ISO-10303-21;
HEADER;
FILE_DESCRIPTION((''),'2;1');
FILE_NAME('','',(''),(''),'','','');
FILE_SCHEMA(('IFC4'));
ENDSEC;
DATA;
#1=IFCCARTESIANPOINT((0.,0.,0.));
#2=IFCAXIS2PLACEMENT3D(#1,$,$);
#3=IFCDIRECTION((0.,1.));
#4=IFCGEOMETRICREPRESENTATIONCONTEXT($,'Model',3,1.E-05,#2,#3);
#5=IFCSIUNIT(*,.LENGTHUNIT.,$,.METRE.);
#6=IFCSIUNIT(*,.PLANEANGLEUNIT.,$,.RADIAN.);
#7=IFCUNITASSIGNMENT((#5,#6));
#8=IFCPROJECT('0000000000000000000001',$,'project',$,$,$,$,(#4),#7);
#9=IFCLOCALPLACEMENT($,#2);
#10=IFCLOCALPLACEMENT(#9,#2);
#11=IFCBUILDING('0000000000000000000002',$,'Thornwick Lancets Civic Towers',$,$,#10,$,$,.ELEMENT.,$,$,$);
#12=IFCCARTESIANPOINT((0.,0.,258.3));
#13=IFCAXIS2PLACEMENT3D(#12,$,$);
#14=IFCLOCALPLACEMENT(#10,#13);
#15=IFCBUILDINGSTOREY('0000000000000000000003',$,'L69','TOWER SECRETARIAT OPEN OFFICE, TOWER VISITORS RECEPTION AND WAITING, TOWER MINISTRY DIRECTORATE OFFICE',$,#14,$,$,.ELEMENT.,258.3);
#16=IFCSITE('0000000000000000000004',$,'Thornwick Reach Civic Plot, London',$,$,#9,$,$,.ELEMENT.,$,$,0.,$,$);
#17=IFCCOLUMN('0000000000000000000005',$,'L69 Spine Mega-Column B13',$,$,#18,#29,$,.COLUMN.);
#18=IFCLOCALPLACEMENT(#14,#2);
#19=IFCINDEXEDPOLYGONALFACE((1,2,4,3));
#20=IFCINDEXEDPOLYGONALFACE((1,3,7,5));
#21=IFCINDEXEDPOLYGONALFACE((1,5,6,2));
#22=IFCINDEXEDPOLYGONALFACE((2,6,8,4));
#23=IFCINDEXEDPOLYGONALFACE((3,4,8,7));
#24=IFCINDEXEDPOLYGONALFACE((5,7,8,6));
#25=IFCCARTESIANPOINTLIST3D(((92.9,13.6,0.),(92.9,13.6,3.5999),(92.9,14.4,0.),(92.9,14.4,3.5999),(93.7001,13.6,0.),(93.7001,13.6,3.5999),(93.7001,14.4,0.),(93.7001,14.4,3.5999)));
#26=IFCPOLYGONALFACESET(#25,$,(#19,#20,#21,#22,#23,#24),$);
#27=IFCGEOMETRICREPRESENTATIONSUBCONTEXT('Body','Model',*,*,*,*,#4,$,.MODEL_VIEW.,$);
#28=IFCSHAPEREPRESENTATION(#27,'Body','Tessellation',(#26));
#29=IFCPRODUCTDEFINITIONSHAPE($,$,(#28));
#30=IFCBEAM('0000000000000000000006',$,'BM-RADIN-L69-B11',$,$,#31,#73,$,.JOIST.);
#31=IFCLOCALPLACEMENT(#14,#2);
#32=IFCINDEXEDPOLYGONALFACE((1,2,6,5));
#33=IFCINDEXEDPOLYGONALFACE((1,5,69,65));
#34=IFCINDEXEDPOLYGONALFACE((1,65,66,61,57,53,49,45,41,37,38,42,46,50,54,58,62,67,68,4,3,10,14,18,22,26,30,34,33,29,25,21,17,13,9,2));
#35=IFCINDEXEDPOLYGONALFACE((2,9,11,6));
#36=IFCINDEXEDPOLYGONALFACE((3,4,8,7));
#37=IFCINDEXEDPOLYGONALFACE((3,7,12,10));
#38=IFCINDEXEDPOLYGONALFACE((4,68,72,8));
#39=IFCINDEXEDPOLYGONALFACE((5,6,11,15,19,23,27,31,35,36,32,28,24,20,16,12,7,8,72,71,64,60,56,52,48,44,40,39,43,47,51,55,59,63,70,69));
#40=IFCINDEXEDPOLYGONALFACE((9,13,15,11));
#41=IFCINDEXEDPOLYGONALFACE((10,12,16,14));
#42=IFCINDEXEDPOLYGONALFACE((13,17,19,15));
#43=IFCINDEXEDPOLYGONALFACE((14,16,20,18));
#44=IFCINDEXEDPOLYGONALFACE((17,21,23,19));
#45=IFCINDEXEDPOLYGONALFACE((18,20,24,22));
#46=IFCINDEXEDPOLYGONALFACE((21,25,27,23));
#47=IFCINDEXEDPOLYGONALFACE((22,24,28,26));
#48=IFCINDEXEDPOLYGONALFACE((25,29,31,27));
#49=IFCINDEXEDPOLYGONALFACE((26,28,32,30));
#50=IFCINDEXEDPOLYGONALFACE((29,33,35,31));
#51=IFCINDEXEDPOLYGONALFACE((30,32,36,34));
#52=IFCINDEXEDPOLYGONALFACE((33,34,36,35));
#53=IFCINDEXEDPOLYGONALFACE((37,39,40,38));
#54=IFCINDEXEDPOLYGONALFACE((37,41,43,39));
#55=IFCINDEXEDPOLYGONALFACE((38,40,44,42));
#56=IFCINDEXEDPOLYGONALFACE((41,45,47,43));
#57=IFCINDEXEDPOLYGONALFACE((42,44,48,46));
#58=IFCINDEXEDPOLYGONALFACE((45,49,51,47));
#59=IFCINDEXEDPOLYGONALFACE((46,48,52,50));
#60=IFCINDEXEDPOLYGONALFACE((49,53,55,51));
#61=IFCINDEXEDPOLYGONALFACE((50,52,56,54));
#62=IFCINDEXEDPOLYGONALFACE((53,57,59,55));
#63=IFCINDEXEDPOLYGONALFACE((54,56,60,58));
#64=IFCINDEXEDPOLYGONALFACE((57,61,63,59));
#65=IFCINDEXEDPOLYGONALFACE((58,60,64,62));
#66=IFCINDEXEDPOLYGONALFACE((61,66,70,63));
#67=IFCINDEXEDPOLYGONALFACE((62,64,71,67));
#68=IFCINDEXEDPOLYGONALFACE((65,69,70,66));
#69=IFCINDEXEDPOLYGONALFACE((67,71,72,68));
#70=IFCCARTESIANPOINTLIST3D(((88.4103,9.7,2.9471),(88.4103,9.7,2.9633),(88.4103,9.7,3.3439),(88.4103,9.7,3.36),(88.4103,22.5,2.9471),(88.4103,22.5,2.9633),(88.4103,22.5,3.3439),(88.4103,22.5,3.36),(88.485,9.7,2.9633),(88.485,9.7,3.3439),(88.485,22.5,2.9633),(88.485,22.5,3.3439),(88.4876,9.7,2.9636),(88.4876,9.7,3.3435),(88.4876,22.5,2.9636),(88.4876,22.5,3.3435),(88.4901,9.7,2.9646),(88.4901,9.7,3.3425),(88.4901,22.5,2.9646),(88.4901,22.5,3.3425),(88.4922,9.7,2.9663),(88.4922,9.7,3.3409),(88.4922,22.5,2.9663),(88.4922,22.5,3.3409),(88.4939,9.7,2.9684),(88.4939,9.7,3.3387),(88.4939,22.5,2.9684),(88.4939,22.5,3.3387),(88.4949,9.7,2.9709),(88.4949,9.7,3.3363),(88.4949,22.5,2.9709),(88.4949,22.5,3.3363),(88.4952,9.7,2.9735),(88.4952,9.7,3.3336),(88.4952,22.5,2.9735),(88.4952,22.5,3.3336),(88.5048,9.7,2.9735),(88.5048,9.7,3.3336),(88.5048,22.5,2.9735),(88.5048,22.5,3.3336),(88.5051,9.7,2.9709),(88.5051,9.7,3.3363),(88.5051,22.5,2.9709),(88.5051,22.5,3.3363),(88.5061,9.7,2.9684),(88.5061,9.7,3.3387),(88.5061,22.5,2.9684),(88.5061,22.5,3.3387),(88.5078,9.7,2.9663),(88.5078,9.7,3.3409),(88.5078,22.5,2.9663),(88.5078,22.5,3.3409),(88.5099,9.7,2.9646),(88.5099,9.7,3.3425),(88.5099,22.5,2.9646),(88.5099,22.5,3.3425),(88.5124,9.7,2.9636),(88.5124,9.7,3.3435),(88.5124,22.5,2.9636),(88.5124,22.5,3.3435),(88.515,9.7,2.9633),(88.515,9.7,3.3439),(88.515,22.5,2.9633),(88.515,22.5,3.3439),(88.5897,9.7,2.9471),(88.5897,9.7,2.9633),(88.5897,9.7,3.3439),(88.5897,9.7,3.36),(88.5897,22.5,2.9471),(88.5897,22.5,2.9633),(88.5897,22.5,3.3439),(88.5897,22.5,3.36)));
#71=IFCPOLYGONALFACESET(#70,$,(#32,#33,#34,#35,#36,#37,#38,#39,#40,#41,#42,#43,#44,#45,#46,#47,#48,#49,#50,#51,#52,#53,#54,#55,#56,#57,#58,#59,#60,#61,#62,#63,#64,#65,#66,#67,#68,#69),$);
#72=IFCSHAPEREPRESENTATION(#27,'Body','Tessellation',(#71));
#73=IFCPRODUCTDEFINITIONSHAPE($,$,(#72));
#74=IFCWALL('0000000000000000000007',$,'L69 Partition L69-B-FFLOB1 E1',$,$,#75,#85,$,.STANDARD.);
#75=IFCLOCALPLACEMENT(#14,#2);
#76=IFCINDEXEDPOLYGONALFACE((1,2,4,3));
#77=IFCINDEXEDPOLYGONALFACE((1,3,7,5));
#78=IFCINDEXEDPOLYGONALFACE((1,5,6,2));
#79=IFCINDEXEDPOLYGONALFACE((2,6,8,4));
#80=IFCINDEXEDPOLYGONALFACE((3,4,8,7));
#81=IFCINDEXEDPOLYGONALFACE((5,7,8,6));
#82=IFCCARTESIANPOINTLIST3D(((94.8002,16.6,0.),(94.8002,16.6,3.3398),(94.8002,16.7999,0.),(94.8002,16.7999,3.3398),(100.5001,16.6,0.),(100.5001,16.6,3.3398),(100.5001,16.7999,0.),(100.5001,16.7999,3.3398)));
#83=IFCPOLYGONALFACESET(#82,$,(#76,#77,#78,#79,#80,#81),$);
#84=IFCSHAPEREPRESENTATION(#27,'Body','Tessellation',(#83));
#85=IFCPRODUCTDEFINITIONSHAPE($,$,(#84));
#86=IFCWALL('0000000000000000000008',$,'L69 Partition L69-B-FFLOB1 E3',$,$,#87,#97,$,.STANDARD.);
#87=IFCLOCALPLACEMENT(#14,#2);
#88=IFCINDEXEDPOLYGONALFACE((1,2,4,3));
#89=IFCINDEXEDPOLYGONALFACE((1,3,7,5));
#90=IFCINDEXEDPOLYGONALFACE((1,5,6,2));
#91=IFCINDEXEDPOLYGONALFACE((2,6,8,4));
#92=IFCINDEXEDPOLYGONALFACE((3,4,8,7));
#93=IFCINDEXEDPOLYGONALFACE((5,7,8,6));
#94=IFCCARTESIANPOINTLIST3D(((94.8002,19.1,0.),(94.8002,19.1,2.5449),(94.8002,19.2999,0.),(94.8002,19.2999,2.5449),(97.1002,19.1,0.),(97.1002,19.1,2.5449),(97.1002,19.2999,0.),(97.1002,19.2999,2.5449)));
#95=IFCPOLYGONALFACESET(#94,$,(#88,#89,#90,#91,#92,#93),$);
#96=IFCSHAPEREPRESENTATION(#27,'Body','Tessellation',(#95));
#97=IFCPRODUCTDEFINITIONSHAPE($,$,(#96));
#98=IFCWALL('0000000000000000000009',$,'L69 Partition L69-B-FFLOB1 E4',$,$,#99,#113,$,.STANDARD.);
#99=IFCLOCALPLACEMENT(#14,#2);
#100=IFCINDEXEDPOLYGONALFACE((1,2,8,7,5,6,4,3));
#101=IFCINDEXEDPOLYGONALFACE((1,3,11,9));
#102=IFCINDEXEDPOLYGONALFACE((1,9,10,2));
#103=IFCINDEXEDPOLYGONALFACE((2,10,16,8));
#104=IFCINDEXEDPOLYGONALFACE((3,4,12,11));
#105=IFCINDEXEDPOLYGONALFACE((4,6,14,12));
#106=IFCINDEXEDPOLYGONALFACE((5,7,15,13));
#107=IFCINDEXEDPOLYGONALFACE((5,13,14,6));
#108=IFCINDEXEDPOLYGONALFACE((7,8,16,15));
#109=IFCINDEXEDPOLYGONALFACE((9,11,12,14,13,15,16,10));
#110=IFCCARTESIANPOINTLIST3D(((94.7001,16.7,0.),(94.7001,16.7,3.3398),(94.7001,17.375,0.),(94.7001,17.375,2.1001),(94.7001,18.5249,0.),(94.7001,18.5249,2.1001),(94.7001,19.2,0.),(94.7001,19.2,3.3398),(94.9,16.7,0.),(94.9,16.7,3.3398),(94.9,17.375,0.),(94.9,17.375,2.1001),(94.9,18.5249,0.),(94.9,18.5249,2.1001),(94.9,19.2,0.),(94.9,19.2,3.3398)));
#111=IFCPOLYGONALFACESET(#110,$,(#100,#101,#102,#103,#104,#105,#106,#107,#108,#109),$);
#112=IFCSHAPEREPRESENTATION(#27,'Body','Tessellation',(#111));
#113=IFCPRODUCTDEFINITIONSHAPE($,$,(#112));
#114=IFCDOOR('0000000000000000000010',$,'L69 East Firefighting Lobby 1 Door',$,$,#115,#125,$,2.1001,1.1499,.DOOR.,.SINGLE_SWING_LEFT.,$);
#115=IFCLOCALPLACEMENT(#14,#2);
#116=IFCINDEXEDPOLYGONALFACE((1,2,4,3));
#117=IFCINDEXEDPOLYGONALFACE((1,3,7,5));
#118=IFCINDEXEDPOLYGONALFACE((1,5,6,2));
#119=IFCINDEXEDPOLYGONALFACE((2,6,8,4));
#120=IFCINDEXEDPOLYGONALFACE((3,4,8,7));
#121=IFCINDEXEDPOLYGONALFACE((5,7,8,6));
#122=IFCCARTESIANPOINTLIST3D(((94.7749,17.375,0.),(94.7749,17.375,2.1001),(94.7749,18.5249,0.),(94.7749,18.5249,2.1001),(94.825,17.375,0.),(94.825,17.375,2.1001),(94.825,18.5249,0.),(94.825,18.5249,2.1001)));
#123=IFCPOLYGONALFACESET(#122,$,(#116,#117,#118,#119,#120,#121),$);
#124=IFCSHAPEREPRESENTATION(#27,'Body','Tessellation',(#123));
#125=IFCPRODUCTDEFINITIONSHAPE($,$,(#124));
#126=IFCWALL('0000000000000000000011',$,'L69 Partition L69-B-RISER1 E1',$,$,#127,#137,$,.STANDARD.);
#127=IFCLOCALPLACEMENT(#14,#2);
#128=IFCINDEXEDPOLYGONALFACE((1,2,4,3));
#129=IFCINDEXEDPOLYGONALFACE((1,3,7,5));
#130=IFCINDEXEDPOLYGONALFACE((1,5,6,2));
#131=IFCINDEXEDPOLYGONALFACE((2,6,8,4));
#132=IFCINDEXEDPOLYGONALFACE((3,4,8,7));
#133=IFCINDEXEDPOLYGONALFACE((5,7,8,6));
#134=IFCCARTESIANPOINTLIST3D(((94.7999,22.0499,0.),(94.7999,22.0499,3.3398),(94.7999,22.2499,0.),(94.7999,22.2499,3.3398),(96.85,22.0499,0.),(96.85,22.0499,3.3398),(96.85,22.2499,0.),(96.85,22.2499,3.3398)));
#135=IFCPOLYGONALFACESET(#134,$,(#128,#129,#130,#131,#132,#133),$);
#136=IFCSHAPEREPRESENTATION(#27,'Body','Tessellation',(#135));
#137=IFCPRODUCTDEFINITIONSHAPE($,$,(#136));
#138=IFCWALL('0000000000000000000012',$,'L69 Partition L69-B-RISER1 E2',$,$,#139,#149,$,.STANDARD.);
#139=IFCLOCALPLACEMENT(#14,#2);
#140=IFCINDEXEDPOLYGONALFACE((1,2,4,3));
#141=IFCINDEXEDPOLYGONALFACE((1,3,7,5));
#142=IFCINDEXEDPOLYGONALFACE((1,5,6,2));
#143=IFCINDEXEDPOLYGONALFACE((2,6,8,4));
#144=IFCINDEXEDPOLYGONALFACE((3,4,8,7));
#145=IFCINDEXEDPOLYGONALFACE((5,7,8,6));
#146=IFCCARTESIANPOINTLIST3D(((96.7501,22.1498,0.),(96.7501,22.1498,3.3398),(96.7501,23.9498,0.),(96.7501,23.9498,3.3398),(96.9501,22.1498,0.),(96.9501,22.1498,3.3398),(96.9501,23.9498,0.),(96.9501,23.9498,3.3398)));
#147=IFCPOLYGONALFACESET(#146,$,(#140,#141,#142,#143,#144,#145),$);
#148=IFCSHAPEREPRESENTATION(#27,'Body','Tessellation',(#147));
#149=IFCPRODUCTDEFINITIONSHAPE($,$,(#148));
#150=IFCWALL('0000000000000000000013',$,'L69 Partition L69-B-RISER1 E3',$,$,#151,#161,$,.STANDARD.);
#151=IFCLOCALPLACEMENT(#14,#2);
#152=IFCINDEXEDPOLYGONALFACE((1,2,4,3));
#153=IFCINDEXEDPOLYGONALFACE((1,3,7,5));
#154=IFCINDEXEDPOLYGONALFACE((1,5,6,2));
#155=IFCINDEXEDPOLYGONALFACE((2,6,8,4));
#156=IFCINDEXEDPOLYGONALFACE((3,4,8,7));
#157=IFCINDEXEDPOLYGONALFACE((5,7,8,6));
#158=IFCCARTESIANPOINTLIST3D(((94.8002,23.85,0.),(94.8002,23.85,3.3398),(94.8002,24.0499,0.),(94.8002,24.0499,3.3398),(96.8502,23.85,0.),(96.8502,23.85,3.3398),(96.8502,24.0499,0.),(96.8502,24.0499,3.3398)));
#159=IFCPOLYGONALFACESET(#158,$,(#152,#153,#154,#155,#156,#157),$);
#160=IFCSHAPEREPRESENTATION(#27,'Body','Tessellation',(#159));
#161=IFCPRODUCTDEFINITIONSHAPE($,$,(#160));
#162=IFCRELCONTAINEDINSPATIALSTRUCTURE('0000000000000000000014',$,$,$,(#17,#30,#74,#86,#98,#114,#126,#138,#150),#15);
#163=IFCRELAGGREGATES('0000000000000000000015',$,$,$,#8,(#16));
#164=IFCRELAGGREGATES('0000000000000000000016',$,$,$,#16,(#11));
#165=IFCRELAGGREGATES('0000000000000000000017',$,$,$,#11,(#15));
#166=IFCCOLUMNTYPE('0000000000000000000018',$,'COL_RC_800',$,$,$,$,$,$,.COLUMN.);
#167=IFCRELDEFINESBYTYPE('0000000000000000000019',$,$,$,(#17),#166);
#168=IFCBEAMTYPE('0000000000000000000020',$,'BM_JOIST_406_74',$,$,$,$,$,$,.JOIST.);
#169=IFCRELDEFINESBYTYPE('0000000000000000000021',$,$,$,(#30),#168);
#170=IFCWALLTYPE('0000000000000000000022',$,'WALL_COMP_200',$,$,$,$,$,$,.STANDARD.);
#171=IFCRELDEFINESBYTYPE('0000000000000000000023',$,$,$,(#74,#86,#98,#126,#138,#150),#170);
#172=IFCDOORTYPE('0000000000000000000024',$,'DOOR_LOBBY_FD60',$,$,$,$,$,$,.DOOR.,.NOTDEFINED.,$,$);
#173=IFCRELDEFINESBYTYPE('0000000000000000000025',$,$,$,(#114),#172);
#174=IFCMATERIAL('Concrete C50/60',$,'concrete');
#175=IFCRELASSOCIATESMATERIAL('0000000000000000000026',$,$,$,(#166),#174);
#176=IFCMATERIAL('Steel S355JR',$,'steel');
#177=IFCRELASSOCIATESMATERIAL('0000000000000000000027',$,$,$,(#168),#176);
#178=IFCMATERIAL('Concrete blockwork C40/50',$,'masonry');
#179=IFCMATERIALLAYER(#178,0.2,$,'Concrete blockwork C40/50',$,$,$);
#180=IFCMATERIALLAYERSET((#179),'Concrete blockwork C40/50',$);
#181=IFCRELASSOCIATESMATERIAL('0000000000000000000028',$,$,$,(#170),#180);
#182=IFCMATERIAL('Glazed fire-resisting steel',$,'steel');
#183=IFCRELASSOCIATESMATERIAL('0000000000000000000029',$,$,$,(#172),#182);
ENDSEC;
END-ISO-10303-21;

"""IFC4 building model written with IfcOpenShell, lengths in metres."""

from ifc_helpers import new_model, si_unit, direction, frame, frame_2d, origin, origin_2d, place, context, subcontext, project, spatial, rectangle, i_section, extrude, material, layer, layer_set, material_profile, profile_set, type_object, element, fill, save


model = new_model("IFC4")

# Units and contexts
model_context = context("Model", 3, precision=1e-05, world=origin(), true_north=direction((0.0, 1.0)))
body_context = subcontext(model_context, "Body", "Model", "MODEL_VIEW")
ifc_project = project(units=[si_unit("LENGTHUNIT", "METRE"), si_unit("PLANEANGLEUNIT", "RADIAN")], contexts=[model_context])

# Site, building, storey
site_placement = place(None, origin())
site = spatial("IfcSite", under=ifc_project, at=site_placement, Name="Thornwick Reach Civic Plot, London", CompositionType="ELEMENT", RefElevation=0.0)
building_placement = place(site_placement, origin())
building = spatial("IfcBuilding", under=site, at=building_placement, Name="Thornwick Lancets Civic Towers", CompositionType="ELEMENT")
storey_placement = place(building_placement, frame((0.0, 0.0, 258.3)))
storey = spatial("IfcBuildingStorey", under=building, at=storey_placement, Name="L69", Description="TOWER SECRETARIAT OPEN OFFICE, TOWER VISITORS RECEPTION AND WAITING, TOWER MINISTRY DIRECTORATE OFFICE", CompositionType="ELEMENT", Elevation=258.3)

# Column
ifc_material_1 = material(Name="Concrete C50/60", Category="concrete")
ifc_material_profile_1 = material_profile(ifc_material_1, rectangle(XDim=0.8, YDim=0.8, at=origin_2d()), Name="RC 800x800")
ifc_profile_set_1 = profile_set([ifc_material_profile_1], Name="Concrete C50/60")
column_type = type_object("IfcColumnType", Name="COL_RC_800", PredefinedType="COLUMN", material=ifc_profile_set_1)
column_placement = place(storey_placement, frame((93.3, 14.0, 0.0), z_axis=(0.0, 0.0, 1.0), x_axis=(1.0, 0.0, 0.0)))
element("IfcColumn", 1, at=column_placement, inside=storey, type_object=column_type, Name="L69 Spine Mega-Column B13", PredefinedType="COLUMN", context=body_context, shape_type="SweptSolid", body=[
    extrude(rectangle(XDim=0.8, YDim=0.8, at=origin_2d()), origin(), (0.0, 0.0, 1.0), 3.5999),
])

# Beam
ifc_material_2 = material(Name="Steel S355JR", Category="steel")
ifc_material_profile_2 = material_profile(ifc_material_2, i_section(OverallWidth=0.1794, OverallDepth=0.4128, WebThickness=0.0095, FlangeThickness=0.0161, FilletRadius=0.0103, at=origin_2d()), Name="UKB 406x178x74")
ifc_profile_set_2 = profile_set([ifc_material_profile_2], Name="Steel S355JR")
beam_type = type_object("IfcBeamType", Name="BM_JOIST_406_74", PredefinedType="JOIST", material=ifc_profile_set_2)
beam_placement = place(storey_placement, frame((88.5, 22.5, 3.1536), z_axis=(0.0, -1.0, 0.0), x_axis=(1.0, 0.0, 0.0)))
element("IfcBeam", 2, at=beam_placement, inside=storey, type_object=beam_type, Name="BM-RADIN-L69-B11", PredefinedType="JOIST", context=body_context, shape_type="SweptSolid", body=[
    extrude(i_section(OverallWidth=0.1794, OverallDepth=0.4128, WebThickness=0.0095, FlangeThickness=0.0161, FilletRadius=0.0103, at=origin_2d()), origin(), (0.0, 0.0, 1.0), 12.8),
])

# Walls
ifc_material_3 = material(Name="Concrete blockwork C40/50", Category="masonry")
ifc_layer_1 = layer(ifc_material_3, 0.2, Name="Concrete blockwork C40/50")
ifc_layer_set_1 = layer_set([ifc_layer_1], Name="Concrete blockwork C40/50")
wall_type_1 = type_object("IfcWallType", Name="WALL_COMP_200", PredefinedType="STANDARD", material=ifc_layer_set_1)
wall_1_placement = place(storey_placement, frame((94.8, 16.7, 0.0), z_axis=(0.0, 0.0, 1.0), x_axis=(1.0, 0.0, 0.0)))
element("IfcWall", 3, at=wall_1_placement, inside=storey, type_object=wall_type_1, Name="L69 Partition L69-B-FFLOB1 E1", PredefinedType="STANDARD", context=body_context, shape_type="SweptSolid", body=[
    extrude(rectangle(XDim=5.7, YDim=0.2, at=frame_2d((2.8501, 0.0))), origin(), (0.0, 0.0, 1.0), 3.3398),
])
wall_2_placement = place(storey_placement, frame((97.1001, 19.2, 0.0), z_axis=(0.0, 0.0, 1.0), x_axis=(-1.0, 0.0, 0.0)))
element("IfcWall", 4, at=wall_2_placement, inside=storey, type_object=wall_type_1, Name="L69 Partition L69-B-FFLOB1 E3", PredefinedType="STANDARD", context=body_context, shape_type="SweptSolid", body=[
    extrude(rectangle(XDim=2.3, YDim=0.2, at=frame_2d((1.1499, 0.0))), origin(), (0.0, 0.0, 1.0), 2.5449),
])

# Wall, opening, door
wall_3_placement = place(storey_placement, frame((94.8, 19.2, 0.0), z_axis=(0.0, 0.0, 1.0), x_axis=(0.0, -1.0, 0.0)))
wall_3 = element("IfcWall", 5, at=wall_3_placement, inside=storey, type_object=wall_type_1, Name="L69 Partition L69-B-FFLOB1 E4", PredefinedType="STANDARD", context=body_context, shape_type="SweptSolid", body=[
    extrude(rectangle(XDim=2.5, YDim=0.2, at=frame_2d((1.25, 0.0))), origin(), (0.0, 0.0, 1.0), 3.3398),
])
opening_1_placement = place(wall_3_placement, frame((0.675, 0.0, 0.0)))
opening_1 = element("IfcOpeningElement", 6, at=opening_1_placement, cuts=wall_3, PredefinedType="OPENING", context=body_context, shape_type="SweptSolid", body=[
    extrude(rectangle(XDim=1.1499, YDim=2.1001, at=frame_2d((0.575, 1.05))), frame((0.0, 0.1099, 0.0), z_axis=(0.0, -1.0, 0.0), x_axis=(1.0, 0.0, 0.0)), (0.0, 0.0, 1.0), 0.22),
])
ifc_material_4 = material(Name="Glazed fire-resisting steel", Category="steel")
door_type_1 = type_object("IfcDoorType", Name="DOOR_LOBBY_FD60", OperationType="NOTDEFINED", PredefinedType="DOOR", material=ifc_material_4)
door_1_placement = place(opening_1_placement, origin())
door_1 = element("IfcDoor", 7, at=door_1_placement, inside=storey, type_object=door_type_1, Name="L69 East Firefighting Lobby 1 Door", OperationType="SINGLE_SWING_LEFT", OverallHeight=2.1001, OverallWidth=1.1499, PredefinedType="DOOR", context=body_context, shape_type="SweptSolid", body=[
    extrude(rectangle(XDim=1.1499, YDim=2.1001, at=frame_2d((0.575, 1.05))), frame((0.0, 0.0249, 0.0), z_axis=(0.0, -1.0, 0.0), x_axis=(1.0, 0.0, 0.0)), (0.0, 0.0, 1.0), 0.05),
])
fill(opening_1, door_1)

# Walls
wall_4_placement = place(storey_placement, frame((94.8, 22.1499, 0.0), z_axis=(0.0, 0.0, 1.0), x_axis=(1.0, 0.0, 0.0)))
element("IfcWall", 8, at=wall_4_placement, inside=storey, type_object=wall_type_1, Name="L69 Partition L69-B-RISER1 E1", PredefinedType="STANDARD", context=body_context, shape_type="SweptSolid", body=[
    extrude(rectangle(XDim=2.05, YDim=0.2, at=frame_2d((1.0249, 0.0))), origin(), (0.0, 0.0, 1.0), 3.3398),
])
wall_5_placement = place(storey_placement, frame((96.8501, 22.1499, 0.0), z_axis=(0.0, 0.0, 1.0), x_axis=(0.0, 1.0, 0.0)))
element("IfcWall", 9, at=wall_5_placement, inside=storey, type_object=wall_type_1, Name="L69 Partition L69-B-RISER1 E2", PredefinedType="STANDARD", context=body_context, shape_type="SweptSolid", body=[
    extrude(rectangle(XDim=1.8, YDim=0.2, at=frame_2d((0.8999, 0.0))), origin(), (0.0, 0.0, 1.0), 3.3398),
])
wall_6_placement = place(storey_placement, frame((96.8501, 23.95, 0.0), z_axis=(0.0, 0.0, 1.0), x_axis=(-1.0, 0.0, 0.0)))
element("IfcWall", 10, at=wall_6_placement, inside=storey, type_object=wall_type_1, Name="L69 Partition L69-B-RISER1 E3", PredefinedType="STANDARD", context=body_context, shape_type="SweptSolid", body=[
    extrude(rectangle(XDim=2.05, YDim=0.2, at=frame_2d((1.0249, 0.0))), origin(), (0.0, 0.0, 1.0), 3.3398),
])

save(model, "model.ifc")
